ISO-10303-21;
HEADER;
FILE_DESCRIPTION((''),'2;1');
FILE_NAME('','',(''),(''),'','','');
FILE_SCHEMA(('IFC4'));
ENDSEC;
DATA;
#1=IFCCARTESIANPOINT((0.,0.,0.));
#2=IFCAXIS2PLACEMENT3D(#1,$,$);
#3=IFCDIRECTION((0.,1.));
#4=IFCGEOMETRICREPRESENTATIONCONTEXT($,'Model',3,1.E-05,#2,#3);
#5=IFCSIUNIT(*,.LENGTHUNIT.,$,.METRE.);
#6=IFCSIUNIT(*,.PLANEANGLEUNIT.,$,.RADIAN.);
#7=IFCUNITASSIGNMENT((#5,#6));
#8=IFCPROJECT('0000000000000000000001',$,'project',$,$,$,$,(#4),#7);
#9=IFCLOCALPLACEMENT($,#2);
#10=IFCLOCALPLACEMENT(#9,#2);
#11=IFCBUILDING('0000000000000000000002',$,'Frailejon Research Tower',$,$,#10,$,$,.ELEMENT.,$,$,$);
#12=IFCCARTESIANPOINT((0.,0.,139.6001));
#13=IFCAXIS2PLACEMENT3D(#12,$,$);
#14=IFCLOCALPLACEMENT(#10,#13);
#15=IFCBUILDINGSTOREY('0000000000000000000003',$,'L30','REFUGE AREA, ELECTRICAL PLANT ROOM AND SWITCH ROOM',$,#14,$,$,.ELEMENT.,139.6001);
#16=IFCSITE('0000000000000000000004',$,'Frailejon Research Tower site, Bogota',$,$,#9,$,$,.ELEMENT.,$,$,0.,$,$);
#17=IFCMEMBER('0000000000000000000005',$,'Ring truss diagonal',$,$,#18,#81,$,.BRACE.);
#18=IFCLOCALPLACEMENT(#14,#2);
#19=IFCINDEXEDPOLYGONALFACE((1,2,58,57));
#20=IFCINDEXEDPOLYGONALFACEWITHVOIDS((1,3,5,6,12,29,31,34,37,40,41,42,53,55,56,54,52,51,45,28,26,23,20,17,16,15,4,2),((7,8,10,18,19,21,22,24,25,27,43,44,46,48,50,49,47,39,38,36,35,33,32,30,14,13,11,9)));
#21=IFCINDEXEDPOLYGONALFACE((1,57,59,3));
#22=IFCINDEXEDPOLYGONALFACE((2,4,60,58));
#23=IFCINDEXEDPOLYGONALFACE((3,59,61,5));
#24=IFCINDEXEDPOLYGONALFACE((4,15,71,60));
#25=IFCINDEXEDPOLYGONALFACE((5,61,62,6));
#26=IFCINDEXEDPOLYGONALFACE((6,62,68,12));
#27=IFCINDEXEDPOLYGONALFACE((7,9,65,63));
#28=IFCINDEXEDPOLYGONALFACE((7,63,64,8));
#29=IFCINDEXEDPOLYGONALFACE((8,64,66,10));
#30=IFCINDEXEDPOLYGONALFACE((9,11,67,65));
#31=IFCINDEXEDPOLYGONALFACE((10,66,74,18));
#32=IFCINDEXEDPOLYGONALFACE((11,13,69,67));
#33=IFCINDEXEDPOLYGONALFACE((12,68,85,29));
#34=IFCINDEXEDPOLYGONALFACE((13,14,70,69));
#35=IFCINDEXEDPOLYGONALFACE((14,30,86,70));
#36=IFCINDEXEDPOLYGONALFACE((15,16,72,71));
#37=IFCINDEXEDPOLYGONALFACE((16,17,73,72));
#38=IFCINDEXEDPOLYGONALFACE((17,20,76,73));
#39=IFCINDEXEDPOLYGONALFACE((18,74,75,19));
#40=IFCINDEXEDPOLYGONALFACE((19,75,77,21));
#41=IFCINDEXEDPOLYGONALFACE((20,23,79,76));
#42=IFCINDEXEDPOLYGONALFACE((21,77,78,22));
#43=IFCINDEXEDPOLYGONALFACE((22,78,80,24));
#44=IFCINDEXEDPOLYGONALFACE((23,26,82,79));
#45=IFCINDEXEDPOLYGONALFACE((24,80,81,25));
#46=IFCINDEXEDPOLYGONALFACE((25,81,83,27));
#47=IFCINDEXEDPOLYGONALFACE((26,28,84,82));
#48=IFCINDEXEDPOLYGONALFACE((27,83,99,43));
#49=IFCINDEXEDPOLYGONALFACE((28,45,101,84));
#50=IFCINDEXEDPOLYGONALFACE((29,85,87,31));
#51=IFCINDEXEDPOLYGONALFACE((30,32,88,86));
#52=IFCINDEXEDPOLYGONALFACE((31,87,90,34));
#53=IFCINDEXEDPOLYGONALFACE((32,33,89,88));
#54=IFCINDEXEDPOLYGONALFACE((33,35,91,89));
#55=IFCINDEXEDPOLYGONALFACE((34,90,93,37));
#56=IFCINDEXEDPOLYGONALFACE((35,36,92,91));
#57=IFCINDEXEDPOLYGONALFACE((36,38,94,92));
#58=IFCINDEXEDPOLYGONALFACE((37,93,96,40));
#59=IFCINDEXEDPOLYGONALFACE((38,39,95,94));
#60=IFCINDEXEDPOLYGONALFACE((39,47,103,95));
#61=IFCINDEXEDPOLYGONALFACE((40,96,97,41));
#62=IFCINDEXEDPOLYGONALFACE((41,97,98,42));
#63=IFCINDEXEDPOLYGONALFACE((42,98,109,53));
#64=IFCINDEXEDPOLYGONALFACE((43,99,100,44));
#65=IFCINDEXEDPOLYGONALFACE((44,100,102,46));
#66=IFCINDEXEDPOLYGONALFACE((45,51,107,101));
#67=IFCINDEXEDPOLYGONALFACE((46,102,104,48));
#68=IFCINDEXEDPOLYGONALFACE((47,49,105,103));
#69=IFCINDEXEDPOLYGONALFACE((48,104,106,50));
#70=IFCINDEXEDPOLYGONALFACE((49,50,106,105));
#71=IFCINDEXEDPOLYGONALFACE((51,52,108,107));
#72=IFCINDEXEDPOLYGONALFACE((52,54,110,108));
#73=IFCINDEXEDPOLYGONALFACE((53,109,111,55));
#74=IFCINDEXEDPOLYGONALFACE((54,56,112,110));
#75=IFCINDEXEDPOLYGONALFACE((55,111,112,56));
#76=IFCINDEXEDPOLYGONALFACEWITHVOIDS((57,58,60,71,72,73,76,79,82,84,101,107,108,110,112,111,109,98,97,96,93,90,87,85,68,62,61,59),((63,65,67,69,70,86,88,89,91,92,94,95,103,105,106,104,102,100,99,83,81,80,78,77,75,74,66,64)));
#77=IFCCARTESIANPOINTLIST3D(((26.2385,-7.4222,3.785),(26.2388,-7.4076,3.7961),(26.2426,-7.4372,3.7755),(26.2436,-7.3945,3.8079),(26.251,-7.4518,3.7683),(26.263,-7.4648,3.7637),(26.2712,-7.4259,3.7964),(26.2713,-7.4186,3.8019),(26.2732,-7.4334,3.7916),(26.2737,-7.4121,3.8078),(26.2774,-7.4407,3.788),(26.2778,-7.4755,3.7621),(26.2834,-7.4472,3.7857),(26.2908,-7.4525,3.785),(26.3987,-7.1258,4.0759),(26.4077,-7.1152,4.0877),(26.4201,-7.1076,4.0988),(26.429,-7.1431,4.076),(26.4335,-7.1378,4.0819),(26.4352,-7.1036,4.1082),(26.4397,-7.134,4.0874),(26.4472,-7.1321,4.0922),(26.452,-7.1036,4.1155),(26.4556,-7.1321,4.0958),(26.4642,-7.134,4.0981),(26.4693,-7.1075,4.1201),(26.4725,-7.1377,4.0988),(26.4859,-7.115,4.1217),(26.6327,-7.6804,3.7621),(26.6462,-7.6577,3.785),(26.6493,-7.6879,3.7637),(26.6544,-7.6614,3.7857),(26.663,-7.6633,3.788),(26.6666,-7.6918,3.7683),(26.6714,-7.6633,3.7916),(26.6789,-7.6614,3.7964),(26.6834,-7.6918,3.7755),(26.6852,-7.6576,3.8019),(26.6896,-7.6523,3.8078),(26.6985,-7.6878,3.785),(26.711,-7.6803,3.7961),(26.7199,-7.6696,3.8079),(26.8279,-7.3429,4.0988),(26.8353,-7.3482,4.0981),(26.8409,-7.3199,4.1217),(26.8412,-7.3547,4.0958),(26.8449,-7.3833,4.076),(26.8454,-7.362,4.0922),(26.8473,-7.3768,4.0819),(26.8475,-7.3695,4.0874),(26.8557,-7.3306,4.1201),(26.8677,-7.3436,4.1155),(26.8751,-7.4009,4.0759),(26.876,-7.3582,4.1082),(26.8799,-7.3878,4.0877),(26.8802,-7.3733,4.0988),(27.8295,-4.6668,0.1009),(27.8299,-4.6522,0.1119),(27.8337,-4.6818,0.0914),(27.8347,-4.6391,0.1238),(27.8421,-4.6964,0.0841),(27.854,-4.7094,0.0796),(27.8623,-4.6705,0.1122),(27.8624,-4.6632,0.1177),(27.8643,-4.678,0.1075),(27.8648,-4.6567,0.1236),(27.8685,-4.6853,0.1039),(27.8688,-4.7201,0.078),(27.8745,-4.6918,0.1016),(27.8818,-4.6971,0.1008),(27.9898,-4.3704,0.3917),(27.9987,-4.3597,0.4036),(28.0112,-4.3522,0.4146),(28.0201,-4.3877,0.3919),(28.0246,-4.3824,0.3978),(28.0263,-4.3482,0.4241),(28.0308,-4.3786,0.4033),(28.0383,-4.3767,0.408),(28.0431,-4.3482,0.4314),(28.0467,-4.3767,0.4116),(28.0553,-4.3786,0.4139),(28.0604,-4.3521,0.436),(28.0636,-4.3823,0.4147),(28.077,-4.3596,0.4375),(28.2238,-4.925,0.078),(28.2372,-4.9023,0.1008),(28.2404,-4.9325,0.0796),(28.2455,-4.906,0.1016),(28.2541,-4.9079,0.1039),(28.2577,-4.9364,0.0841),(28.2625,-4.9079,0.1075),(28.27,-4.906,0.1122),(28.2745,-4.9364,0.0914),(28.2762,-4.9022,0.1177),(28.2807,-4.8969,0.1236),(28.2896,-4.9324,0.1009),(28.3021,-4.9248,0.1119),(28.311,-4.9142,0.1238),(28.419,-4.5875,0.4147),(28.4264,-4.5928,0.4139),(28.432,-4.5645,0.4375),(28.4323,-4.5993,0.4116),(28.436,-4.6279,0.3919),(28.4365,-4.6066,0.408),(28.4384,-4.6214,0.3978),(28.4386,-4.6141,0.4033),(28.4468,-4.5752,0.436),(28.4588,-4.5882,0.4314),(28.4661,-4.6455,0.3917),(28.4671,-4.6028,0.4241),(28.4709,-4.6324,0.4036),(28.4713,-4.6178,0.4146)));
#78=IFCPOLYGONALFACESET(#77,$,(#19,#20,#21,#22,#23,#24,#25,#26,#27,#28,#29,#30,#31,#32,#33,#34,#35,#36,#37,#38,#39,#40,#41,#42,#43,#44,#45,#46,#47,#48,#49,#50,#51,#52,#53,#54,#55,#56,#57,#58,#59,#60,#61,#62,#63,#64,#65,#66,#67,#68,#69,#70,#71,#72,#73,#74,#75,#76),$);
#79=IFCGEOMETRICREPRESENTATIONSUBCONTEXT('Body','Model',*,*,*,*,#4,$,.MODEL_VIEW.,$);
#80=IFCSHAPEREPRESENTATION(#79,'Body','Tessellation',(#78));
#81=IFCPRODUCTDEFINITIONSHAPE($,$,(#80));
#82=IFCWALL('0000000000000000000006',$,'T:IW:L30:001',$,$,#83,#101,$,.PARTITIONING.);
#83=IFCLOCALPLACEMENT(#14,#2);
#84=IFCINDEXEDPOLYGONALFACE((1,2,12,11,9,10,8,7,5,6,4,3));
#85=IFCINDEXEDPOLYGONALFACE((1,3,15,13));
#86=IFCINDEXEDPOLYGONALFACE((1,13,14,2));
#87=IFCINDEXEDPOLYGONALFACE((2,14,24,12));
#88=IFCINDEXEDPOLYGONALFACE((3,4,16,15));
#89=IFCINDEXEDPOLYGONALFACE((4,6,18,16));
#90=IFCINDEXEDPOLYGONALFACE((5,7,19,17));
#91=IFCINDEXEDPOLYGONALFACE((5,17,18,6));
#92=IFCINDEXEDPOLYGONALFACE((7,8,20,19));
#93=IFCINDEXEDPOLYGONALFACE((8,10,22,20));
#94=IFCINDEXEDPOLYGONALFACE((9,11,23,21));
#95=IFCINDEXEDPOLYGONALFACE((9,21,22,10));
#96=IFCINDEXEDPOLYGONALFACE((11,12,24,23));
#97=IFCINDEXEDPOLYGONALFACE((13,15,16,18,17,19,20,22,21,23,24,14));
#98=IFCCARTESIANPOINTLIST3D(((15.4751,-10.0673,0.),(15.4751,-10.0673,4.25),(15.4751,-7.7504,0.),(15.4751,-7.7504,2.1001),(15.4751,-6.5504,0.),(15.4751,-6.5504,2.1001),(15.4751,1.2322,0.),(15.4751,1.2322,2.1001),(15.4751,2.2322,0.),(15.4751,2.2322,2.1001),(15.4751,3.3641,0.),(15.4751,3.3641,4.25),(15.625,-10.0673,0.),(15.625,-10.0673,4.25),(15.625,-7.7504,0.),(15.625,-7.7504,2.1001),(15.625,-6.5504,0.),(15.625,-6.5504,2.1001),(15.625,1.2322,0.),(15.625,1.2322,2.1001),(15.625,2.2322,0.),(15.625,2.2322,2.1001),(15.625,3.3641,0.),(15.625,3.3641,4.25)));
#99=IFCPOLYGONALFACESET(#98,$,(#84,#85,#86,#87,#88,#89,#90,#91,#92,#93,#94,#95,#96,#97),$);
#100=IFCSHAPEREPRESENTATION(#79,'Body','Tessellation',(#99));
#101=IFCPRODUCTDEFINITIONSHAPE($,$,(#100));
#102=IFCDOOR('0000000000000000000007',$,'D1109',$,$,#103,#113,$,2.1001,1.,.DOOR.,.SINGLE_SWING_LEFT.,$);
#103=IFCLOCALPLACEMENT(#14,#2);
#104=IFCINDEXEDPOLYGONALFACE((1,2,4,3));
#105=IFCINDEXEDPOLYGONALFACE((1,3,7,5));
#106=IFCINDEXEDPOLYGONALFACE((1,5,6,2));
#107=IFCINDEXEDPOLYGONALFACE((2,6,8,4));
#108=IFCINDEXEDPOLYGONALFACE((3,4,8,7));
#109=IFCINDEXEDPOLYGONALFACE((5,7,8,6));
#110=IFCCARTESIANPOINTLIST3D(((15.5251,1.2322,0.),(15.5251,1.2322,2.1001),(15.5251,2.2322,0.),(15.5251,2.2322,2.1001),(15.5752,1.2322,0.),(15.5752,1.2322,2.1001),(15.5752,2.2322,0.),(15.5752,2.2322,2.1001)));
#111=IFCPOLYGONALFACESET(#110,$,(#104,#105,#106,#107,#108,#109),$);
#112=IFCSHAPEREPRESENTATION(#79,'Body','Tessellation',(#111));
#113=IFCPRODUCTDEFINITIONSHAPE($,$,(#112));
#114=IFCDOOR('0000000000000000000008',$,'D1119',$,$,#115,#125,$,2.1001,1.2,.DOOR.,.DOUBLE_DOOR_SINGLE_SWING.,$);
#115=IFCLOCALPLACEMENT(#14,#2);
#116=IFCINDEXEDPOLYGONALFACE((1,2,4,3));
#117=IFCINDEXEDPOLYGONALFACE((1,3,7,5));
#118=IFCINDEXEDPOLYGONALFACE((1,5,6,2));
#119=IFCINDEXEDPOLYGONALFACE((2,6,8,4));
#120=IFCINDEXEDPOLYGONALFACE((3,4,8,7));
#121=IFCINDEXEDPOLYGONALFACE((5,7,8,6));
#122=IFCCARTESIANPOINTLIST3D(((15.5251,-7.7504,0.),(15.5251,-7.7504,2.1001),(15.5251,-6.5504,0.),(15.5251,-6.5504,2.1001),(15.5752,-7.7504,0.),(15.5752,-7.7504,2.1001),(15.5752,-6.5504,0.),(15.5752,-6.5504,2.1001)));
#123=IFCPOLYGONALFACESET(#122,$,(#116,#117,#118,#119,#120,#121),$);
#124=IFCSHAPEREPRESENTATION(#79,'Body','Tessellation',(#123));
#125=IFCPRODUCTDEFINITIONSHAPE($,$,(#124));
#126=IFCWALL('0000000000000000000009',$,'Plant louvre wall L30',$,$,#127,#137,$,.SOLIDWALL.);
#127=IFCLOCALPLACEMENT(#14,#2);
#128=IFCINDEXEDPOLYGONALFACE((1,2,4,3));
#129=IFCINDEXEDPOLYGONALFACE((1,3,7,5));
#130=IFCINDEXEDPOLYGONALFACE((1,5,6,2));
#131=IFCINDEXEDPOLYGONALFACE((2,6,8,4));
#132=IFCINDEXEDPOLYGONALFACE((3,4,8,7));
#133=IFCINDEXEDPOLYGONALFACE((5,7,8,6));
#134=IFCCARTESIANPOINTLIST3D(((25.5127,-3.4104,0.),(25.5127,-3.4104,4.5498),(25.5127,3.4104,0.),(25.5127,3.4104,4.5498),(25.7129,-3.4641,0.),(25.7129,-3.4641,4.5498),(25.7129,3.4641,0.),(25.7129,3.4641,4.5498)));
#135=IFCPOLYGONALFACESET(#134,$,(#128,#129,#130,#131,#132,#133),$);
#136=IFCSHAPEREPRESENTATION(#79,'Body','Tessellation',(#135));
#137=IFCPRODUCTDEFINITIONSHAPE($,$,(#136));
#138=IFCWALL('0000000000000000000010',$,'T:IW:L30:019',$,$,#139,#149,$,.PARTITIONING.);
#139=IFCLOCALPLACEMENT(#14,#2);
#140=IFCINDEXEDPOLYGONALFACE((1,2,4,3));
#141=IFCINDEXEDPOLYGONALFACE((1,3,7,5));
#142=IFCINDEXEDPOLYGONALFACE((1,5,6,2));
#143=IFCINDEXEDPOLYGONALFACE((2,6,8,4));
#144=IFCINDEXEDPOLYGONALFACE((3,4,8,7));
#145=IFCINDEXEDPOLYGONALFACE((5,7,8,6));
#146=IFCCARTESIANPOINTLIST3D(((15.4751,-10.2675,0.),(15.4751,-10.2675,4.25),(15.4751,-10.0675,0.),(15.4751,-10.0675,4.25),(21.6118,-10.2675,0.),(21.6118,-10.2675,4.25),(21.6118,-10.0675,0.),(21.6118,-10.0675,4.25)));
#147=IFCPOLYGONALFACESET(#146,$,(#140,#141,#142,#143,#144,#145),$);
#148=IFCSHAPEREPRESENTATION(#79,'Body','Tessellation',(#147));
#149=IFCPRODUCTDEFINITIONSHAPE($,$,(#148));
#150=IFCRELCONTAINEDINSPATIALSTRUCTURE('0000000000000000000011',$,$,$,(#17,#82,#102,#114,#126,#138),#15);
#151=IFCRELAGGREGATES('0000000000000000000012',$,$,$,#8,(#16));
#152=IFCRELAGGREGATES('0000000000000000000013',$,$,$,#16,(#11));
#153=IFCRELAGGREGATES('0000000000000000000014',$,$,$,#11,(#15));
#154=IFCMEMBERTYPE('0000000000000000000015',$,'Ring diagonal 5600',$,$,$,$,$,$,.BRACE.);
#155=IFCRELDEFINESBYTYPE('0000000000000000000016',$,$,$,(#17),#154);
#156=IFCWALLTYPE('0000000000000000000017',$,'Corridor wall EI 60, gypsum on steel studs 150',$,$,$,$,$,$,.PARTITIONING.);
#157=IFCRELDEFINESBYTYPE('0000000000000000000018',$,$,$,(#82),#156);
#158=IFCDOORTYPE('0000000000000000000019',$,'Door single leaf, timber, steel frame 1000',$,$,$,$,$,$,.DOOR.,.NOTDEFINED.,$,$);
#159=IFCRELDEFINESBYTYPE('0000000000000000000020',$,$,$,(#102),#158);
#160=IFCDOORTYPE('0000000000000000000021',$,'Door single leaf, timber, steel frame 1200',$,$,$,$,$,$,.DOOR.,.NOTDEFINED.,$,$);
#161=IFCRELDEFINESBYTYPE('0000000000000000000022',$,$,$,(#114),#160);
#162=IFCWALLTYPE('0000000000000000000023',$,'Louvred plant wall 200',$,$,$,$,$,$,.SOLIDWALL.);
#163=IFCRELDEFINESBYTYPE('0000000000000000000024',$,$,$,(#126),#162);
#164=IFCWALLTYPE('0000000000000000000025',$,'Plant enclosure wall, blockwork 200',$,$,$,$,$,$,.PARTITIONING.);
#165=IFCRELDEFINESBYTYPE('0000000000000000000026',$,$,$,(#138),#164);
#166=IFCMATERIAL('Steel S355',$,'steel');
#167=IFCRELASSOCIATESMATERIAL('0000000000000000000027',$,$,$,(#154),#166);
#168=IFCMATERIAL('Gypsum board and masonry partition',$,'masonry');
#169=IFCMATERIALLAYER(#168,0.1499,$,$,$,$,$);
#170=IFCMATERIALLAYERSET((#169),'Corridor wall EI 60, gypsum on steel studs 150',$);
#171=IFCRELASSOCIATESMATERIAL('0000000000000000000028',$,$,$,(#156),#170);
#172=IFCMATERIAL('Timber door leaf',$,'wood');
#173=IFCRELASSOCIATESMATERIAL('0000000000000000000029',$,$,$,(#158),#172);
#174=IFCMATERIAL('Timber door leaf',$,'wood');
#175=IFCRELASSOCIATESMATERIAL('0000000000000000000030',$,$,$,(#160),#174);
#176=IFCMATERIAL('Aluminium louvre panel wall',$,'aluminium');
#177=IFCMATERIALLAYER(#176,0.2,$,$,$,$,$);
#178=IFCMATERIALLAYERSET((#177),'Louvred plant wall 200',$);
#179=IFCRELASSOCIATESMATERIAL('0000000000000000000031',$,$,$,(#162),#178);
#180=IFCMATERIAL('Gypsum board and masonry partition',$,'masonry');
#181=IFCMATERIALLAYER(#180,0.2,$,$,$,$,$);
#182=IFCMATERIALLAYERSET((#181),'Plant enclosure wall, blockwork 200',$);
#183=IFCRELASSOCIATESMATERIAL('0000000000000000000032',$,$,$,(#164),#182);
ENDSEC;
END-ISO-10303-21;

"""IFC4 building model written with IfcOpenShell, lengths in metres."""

from ifc_helpers import new_model, si_unit, direction, frame, frame_2d, origin, origin_2d, place, context, subcontext, project, spatial, polyline, rectangle, hollow_rectangle, outline, extrude, material, layer, layer_set, material_profile, profile_set, type_object, element, fill, save


model = new_model("IFC4")

# Units and contexts
model_context = context("Model", 3, precision=1e-05, world=origin(), true_north=direction((0.0, 1.0)))
body_context = subcontext(model_context, "Body", "Model", "MODEL_VIEW")
ifc_project = project(units=[si_unit("LENGTHUNIT", "METRE"), si_unit("PLANEANGLEUNIT", "RADIAN")], contexts=[model_context])

# Site, building, storey
site_placement = place(None, origin())
site = spatial("IfcSite", under=ifc_project, at=site_placement, Name="Frailejon Research Tower site, Bogota", CompositionType="ELEMENT", RefElevation=0.0)
building_placement = place(site_placement, origin())
building = spatial("IfcBuilding", under=site, at=building_placement, Name="Frailejon Research Tower", CompositionType="ELEMENT")
storey_placement = place(building_placement, frame((0.0, 0.0, 139.6001)))
storey = spatial("IfcBuildingStorey", under=building, at=storey_placement, Name="L30", Description="REFUGE AREA, ELECTRICAL PLANT ROOM AND SWITCH ROOM", CompositionType="ELEMENT", Elevation=139.6001)

# Member
ifc_material_1 = material(Name="Steel S355", Category="steel")
ifc_material_profile_1 = material_profile(ifc_material_1, hollow_rectangle(XDim=0.55, YDim=0.55, WallThickness=0.0349, InnerFilletRadius=0.0349, OuterFilletRadius=0.0701, at=origin_2d()), Name="Ring diagonal 5600")
ifc_profile_set_1 = profile_set([ifc_material_profile_1], Name="Steel S355")
member_type = type_object("IfcMemberType", Name="Ring diagonal 5600", PredefinedType="BRACE", material=ifc_profile_set_1)
for number, where, z_axis, x_axis, name in (
    (1, (26.5593, -7.3977, 3.9419), (0.326851, 0.566034, -0.756818), (-0.865991, 0.500059, 0.0), "Ring truss diagonal"),
):
    element("IfcMember", number, at=place(storey_placement, frame(where, z_axis=z_axis, x_axis=x_axis)), inside=storey, type_object=member_type, Name=name, PredefinedType="BRACE", context=body_context, shape_type="SweptSolid", body=[
        extrude(hollow_rectangle(XDim=0.55, YDim=0.55, WallThickness=0.0349, InnerFilletRadius=0.0349, OuterFilletRadius=0.0701, at=origin_2d()), origin(), (0.0, 0.0, 1.0), 4.8679),
    ])

# Wall, openings, doors
ifc_material_2 = material(Name="Gypsum board and masonry partition", Category="masonry")
ifc_layer_1 = layer(ifc_material_2, 0.1499)
ifc_layer_set_1 = layer_set([ifc_layer_1], Name="Corridor wall EI 60, gypsum on steel studs 150")
wall_type_1 = type_object("IfcWallType", Name="Corridor wall EI 60, gypsum on steel studs 150", PredefinedType="PARTITIONING", material=ifc_layer_set_1)
wall_1_placement = place(storey_placement, frame((15.55, -10.0674, 0.0), z_axis=(0.0, 0.0, 1.0), x_axis=(0.0, 1.0, 0.0)))
wall_1 = element("IfcWall", 2, at=wall_1_placement, inside=storey, type_object=wall_type_1, Name="T:IW:L30:001", PredefinedType="PARTITIONING", context=body_context, shape_type="SweptSolid", body=[
    extrude(rectangle(XDim=13.4314, YDim=0.1499, at=frame_2d((6.7158, 0.0))), origin(), (0.0, 0.0, 1.0), 4.25),
])
opening_1_placement = place(wall_1_placement, frame((11.2996, 0.0, 0.0)))
opening_1 = element("IfcOpeningElement", 3, at=opening_1_placement, cuts=wall_1, PredefinedType="OPENING", context=body_context, shape_type="SweptSolid", body=[
    extrude(rectangle(XDim=1.0, YDim=2.1001, at=frame_2d((0.5, 1.05))), frame((0.0, 0.085, 0.0), z_axis=(0.0, -1.0, 0.0), x_axis=(1.0, 0.0, 0.0)), (0.0, 0.0, 1.0), 0.1699),
])
opening_2_placement = place(wall_1_placement, frame((2.3169, 0.0, 0.0)))
opening_2 = element("IfcOpeningElement", 4, at=opening_2_placement, cuts=wall_1, PredefinedType="OPENING", context=body_context, shape_type="SweptSolid", body=[
    extrude(rectangle(XDim=1.2, YDim=2.1001, at=frame_2d((0.6001, 1.05))), frame((0.0, 0.085, 0.0), z_axis=(0.0, -1.0, 0.0), x_axis=(1.0, 0.0, 0.0)), (0.0, 0.0, 1.0), 0.1699),
])
ifc_material_3 = material(Name="Timber door leaf", Category="wood")
door_type_1 = type_object("IfcDoorType", Name="Door single leaf, timber, steel frame 1000", OperationType="NOTDEFINED", PredefinedType="DOOR", material=ifc_material_3)
door_1_placement = place(opening_1_placement, origin())
door_1 = element("IfcDoor", 5, at=door_1_placement, inside=storey, type_object=door_type_1, Name="D1109", OperationType="SINGLE_SWING_LEFT", OverallHeight=2.1001, OverallWidth=1.0, PredefinedType="DOOR", context=body_context, shape_type="SweptSolid", body=[
    extrude(rectangle(XDim=1.0, YDim=2.1001, at=frame_2d((0.5, 1.05))), frame((0.0, 0.0249, 0.0), z_axis=(0.0, -1.0, 0.0), x_axis=(1.0, 0.0, 0.0)), (0.0, 0.0, 1.0), 0.05),
])
fill(opening_1, door_1)
ifc_material_4 = material(Name="Timber door leaf", Category="wood")
door_type_2 = type_object("IfcDoorType", Name="Door single leaf, timber, steel frame 1200", OperationType="NOTDEFINED", PredefinedType="DOOR", material=ifc_material_4)
door_2_placement = place(opening_2_placement, origin())
door_2 = element("IfcDoor", 6, at=door_2_placement, inside=storey, type_object=door_type_2, Name="D1119", OperationType="DOUBLE_DOOR_SINGLE_SWING", OverallHeight=2.1001, OverallWidth=1.2, PredefinedType="DOOR", context=body_context, shape_type="SweptSolid", body=[
    extrude(rectangle(XDim=1.2, YDim=2.1001, at=frame_2d((0.6001, 1.05))), frame((0.0, 0.0249, 0.0), z_axis=(0.0, -1.0, 0.0), x_axis=(1.0, 0.0, 0.0)), (0.0, 0.0, 1.0), 0.05),
])
fill(opening_2, door_2)

# Walls
ifc_material_5 = material(Name="Aluminium louvre panel wall", Category="aluminium")
ifc_layer_2 = layer(ifc_material_5, 0.2)
ifc_layer_set_2 = layer_set([ifc_layer_2], Name="Louvred plant wall 200")
wall_type_2 = type_object("IfcWallType", Name="Louvred plant wall 200", PredefinedType="SOLIDWALL", material=ifc_layer_set_2)
wall_2_placement = place(storey_placement, frame((25.6128, -3.4373, 0.0), z_axis=(0.0, 0.0, 1.0), x_axis=(0.0, 1.0, 0.0)))
element("IfcWall", 7, at=wall_2_placement, inside=storey, type_object=wall_type_2, Name="Plant louvre wall L30", PredefinedType="SOLIDWALL", context=body_context, shape_type="SweptSolid", body=[
    extrude(outline(polyline([(-0.0269, -0.1001), (6.9014, -0.1001), (6.8477, 0.1001), (0.0269, 0.1001), (-0.0269, -0.1001)])), origin(), (0.0, 0.0, 1.0), 4.5498),
])
ifc_material_6 = material(Name="Gypsum board and masonry partition", Category="masonry")
ifc_layer_3 = layer(ifc_material_6, 0.2)
ifc_layer_set_3 = layer_set([ifc_layer_3], Name="Plant enclosure wall, blockwork 200")
wall_type_3 = type_object("IfcWallType", Name="Plant enclosure wall, blockwork 200", PredefinedType="PARTITIONING", material=ifc_layer_set_3)
wall_3_placement = place(storey_placement, frame((15.4751, -10.1675, 0.0), z_axis=(0.0, 0.0, 1.0), x_axis=(1.0, 0.0, 0.0)))
element("IfcWall", 8, at=wall_3_placement, inside=storey, type_object=wall_type_3, Name="T:IW:L30:019", PredefinedType="PARTITIONING", context=body_context, shape_type="SweptSolid", body=[
    extrude(rectangle(XDim=6.1367, YDim=0.2, at=frame_2d((3.0684, 0.0))), origin(), (0.0, 0.0, 1.0), 4.25),
])

save(model, "model.ifc")
